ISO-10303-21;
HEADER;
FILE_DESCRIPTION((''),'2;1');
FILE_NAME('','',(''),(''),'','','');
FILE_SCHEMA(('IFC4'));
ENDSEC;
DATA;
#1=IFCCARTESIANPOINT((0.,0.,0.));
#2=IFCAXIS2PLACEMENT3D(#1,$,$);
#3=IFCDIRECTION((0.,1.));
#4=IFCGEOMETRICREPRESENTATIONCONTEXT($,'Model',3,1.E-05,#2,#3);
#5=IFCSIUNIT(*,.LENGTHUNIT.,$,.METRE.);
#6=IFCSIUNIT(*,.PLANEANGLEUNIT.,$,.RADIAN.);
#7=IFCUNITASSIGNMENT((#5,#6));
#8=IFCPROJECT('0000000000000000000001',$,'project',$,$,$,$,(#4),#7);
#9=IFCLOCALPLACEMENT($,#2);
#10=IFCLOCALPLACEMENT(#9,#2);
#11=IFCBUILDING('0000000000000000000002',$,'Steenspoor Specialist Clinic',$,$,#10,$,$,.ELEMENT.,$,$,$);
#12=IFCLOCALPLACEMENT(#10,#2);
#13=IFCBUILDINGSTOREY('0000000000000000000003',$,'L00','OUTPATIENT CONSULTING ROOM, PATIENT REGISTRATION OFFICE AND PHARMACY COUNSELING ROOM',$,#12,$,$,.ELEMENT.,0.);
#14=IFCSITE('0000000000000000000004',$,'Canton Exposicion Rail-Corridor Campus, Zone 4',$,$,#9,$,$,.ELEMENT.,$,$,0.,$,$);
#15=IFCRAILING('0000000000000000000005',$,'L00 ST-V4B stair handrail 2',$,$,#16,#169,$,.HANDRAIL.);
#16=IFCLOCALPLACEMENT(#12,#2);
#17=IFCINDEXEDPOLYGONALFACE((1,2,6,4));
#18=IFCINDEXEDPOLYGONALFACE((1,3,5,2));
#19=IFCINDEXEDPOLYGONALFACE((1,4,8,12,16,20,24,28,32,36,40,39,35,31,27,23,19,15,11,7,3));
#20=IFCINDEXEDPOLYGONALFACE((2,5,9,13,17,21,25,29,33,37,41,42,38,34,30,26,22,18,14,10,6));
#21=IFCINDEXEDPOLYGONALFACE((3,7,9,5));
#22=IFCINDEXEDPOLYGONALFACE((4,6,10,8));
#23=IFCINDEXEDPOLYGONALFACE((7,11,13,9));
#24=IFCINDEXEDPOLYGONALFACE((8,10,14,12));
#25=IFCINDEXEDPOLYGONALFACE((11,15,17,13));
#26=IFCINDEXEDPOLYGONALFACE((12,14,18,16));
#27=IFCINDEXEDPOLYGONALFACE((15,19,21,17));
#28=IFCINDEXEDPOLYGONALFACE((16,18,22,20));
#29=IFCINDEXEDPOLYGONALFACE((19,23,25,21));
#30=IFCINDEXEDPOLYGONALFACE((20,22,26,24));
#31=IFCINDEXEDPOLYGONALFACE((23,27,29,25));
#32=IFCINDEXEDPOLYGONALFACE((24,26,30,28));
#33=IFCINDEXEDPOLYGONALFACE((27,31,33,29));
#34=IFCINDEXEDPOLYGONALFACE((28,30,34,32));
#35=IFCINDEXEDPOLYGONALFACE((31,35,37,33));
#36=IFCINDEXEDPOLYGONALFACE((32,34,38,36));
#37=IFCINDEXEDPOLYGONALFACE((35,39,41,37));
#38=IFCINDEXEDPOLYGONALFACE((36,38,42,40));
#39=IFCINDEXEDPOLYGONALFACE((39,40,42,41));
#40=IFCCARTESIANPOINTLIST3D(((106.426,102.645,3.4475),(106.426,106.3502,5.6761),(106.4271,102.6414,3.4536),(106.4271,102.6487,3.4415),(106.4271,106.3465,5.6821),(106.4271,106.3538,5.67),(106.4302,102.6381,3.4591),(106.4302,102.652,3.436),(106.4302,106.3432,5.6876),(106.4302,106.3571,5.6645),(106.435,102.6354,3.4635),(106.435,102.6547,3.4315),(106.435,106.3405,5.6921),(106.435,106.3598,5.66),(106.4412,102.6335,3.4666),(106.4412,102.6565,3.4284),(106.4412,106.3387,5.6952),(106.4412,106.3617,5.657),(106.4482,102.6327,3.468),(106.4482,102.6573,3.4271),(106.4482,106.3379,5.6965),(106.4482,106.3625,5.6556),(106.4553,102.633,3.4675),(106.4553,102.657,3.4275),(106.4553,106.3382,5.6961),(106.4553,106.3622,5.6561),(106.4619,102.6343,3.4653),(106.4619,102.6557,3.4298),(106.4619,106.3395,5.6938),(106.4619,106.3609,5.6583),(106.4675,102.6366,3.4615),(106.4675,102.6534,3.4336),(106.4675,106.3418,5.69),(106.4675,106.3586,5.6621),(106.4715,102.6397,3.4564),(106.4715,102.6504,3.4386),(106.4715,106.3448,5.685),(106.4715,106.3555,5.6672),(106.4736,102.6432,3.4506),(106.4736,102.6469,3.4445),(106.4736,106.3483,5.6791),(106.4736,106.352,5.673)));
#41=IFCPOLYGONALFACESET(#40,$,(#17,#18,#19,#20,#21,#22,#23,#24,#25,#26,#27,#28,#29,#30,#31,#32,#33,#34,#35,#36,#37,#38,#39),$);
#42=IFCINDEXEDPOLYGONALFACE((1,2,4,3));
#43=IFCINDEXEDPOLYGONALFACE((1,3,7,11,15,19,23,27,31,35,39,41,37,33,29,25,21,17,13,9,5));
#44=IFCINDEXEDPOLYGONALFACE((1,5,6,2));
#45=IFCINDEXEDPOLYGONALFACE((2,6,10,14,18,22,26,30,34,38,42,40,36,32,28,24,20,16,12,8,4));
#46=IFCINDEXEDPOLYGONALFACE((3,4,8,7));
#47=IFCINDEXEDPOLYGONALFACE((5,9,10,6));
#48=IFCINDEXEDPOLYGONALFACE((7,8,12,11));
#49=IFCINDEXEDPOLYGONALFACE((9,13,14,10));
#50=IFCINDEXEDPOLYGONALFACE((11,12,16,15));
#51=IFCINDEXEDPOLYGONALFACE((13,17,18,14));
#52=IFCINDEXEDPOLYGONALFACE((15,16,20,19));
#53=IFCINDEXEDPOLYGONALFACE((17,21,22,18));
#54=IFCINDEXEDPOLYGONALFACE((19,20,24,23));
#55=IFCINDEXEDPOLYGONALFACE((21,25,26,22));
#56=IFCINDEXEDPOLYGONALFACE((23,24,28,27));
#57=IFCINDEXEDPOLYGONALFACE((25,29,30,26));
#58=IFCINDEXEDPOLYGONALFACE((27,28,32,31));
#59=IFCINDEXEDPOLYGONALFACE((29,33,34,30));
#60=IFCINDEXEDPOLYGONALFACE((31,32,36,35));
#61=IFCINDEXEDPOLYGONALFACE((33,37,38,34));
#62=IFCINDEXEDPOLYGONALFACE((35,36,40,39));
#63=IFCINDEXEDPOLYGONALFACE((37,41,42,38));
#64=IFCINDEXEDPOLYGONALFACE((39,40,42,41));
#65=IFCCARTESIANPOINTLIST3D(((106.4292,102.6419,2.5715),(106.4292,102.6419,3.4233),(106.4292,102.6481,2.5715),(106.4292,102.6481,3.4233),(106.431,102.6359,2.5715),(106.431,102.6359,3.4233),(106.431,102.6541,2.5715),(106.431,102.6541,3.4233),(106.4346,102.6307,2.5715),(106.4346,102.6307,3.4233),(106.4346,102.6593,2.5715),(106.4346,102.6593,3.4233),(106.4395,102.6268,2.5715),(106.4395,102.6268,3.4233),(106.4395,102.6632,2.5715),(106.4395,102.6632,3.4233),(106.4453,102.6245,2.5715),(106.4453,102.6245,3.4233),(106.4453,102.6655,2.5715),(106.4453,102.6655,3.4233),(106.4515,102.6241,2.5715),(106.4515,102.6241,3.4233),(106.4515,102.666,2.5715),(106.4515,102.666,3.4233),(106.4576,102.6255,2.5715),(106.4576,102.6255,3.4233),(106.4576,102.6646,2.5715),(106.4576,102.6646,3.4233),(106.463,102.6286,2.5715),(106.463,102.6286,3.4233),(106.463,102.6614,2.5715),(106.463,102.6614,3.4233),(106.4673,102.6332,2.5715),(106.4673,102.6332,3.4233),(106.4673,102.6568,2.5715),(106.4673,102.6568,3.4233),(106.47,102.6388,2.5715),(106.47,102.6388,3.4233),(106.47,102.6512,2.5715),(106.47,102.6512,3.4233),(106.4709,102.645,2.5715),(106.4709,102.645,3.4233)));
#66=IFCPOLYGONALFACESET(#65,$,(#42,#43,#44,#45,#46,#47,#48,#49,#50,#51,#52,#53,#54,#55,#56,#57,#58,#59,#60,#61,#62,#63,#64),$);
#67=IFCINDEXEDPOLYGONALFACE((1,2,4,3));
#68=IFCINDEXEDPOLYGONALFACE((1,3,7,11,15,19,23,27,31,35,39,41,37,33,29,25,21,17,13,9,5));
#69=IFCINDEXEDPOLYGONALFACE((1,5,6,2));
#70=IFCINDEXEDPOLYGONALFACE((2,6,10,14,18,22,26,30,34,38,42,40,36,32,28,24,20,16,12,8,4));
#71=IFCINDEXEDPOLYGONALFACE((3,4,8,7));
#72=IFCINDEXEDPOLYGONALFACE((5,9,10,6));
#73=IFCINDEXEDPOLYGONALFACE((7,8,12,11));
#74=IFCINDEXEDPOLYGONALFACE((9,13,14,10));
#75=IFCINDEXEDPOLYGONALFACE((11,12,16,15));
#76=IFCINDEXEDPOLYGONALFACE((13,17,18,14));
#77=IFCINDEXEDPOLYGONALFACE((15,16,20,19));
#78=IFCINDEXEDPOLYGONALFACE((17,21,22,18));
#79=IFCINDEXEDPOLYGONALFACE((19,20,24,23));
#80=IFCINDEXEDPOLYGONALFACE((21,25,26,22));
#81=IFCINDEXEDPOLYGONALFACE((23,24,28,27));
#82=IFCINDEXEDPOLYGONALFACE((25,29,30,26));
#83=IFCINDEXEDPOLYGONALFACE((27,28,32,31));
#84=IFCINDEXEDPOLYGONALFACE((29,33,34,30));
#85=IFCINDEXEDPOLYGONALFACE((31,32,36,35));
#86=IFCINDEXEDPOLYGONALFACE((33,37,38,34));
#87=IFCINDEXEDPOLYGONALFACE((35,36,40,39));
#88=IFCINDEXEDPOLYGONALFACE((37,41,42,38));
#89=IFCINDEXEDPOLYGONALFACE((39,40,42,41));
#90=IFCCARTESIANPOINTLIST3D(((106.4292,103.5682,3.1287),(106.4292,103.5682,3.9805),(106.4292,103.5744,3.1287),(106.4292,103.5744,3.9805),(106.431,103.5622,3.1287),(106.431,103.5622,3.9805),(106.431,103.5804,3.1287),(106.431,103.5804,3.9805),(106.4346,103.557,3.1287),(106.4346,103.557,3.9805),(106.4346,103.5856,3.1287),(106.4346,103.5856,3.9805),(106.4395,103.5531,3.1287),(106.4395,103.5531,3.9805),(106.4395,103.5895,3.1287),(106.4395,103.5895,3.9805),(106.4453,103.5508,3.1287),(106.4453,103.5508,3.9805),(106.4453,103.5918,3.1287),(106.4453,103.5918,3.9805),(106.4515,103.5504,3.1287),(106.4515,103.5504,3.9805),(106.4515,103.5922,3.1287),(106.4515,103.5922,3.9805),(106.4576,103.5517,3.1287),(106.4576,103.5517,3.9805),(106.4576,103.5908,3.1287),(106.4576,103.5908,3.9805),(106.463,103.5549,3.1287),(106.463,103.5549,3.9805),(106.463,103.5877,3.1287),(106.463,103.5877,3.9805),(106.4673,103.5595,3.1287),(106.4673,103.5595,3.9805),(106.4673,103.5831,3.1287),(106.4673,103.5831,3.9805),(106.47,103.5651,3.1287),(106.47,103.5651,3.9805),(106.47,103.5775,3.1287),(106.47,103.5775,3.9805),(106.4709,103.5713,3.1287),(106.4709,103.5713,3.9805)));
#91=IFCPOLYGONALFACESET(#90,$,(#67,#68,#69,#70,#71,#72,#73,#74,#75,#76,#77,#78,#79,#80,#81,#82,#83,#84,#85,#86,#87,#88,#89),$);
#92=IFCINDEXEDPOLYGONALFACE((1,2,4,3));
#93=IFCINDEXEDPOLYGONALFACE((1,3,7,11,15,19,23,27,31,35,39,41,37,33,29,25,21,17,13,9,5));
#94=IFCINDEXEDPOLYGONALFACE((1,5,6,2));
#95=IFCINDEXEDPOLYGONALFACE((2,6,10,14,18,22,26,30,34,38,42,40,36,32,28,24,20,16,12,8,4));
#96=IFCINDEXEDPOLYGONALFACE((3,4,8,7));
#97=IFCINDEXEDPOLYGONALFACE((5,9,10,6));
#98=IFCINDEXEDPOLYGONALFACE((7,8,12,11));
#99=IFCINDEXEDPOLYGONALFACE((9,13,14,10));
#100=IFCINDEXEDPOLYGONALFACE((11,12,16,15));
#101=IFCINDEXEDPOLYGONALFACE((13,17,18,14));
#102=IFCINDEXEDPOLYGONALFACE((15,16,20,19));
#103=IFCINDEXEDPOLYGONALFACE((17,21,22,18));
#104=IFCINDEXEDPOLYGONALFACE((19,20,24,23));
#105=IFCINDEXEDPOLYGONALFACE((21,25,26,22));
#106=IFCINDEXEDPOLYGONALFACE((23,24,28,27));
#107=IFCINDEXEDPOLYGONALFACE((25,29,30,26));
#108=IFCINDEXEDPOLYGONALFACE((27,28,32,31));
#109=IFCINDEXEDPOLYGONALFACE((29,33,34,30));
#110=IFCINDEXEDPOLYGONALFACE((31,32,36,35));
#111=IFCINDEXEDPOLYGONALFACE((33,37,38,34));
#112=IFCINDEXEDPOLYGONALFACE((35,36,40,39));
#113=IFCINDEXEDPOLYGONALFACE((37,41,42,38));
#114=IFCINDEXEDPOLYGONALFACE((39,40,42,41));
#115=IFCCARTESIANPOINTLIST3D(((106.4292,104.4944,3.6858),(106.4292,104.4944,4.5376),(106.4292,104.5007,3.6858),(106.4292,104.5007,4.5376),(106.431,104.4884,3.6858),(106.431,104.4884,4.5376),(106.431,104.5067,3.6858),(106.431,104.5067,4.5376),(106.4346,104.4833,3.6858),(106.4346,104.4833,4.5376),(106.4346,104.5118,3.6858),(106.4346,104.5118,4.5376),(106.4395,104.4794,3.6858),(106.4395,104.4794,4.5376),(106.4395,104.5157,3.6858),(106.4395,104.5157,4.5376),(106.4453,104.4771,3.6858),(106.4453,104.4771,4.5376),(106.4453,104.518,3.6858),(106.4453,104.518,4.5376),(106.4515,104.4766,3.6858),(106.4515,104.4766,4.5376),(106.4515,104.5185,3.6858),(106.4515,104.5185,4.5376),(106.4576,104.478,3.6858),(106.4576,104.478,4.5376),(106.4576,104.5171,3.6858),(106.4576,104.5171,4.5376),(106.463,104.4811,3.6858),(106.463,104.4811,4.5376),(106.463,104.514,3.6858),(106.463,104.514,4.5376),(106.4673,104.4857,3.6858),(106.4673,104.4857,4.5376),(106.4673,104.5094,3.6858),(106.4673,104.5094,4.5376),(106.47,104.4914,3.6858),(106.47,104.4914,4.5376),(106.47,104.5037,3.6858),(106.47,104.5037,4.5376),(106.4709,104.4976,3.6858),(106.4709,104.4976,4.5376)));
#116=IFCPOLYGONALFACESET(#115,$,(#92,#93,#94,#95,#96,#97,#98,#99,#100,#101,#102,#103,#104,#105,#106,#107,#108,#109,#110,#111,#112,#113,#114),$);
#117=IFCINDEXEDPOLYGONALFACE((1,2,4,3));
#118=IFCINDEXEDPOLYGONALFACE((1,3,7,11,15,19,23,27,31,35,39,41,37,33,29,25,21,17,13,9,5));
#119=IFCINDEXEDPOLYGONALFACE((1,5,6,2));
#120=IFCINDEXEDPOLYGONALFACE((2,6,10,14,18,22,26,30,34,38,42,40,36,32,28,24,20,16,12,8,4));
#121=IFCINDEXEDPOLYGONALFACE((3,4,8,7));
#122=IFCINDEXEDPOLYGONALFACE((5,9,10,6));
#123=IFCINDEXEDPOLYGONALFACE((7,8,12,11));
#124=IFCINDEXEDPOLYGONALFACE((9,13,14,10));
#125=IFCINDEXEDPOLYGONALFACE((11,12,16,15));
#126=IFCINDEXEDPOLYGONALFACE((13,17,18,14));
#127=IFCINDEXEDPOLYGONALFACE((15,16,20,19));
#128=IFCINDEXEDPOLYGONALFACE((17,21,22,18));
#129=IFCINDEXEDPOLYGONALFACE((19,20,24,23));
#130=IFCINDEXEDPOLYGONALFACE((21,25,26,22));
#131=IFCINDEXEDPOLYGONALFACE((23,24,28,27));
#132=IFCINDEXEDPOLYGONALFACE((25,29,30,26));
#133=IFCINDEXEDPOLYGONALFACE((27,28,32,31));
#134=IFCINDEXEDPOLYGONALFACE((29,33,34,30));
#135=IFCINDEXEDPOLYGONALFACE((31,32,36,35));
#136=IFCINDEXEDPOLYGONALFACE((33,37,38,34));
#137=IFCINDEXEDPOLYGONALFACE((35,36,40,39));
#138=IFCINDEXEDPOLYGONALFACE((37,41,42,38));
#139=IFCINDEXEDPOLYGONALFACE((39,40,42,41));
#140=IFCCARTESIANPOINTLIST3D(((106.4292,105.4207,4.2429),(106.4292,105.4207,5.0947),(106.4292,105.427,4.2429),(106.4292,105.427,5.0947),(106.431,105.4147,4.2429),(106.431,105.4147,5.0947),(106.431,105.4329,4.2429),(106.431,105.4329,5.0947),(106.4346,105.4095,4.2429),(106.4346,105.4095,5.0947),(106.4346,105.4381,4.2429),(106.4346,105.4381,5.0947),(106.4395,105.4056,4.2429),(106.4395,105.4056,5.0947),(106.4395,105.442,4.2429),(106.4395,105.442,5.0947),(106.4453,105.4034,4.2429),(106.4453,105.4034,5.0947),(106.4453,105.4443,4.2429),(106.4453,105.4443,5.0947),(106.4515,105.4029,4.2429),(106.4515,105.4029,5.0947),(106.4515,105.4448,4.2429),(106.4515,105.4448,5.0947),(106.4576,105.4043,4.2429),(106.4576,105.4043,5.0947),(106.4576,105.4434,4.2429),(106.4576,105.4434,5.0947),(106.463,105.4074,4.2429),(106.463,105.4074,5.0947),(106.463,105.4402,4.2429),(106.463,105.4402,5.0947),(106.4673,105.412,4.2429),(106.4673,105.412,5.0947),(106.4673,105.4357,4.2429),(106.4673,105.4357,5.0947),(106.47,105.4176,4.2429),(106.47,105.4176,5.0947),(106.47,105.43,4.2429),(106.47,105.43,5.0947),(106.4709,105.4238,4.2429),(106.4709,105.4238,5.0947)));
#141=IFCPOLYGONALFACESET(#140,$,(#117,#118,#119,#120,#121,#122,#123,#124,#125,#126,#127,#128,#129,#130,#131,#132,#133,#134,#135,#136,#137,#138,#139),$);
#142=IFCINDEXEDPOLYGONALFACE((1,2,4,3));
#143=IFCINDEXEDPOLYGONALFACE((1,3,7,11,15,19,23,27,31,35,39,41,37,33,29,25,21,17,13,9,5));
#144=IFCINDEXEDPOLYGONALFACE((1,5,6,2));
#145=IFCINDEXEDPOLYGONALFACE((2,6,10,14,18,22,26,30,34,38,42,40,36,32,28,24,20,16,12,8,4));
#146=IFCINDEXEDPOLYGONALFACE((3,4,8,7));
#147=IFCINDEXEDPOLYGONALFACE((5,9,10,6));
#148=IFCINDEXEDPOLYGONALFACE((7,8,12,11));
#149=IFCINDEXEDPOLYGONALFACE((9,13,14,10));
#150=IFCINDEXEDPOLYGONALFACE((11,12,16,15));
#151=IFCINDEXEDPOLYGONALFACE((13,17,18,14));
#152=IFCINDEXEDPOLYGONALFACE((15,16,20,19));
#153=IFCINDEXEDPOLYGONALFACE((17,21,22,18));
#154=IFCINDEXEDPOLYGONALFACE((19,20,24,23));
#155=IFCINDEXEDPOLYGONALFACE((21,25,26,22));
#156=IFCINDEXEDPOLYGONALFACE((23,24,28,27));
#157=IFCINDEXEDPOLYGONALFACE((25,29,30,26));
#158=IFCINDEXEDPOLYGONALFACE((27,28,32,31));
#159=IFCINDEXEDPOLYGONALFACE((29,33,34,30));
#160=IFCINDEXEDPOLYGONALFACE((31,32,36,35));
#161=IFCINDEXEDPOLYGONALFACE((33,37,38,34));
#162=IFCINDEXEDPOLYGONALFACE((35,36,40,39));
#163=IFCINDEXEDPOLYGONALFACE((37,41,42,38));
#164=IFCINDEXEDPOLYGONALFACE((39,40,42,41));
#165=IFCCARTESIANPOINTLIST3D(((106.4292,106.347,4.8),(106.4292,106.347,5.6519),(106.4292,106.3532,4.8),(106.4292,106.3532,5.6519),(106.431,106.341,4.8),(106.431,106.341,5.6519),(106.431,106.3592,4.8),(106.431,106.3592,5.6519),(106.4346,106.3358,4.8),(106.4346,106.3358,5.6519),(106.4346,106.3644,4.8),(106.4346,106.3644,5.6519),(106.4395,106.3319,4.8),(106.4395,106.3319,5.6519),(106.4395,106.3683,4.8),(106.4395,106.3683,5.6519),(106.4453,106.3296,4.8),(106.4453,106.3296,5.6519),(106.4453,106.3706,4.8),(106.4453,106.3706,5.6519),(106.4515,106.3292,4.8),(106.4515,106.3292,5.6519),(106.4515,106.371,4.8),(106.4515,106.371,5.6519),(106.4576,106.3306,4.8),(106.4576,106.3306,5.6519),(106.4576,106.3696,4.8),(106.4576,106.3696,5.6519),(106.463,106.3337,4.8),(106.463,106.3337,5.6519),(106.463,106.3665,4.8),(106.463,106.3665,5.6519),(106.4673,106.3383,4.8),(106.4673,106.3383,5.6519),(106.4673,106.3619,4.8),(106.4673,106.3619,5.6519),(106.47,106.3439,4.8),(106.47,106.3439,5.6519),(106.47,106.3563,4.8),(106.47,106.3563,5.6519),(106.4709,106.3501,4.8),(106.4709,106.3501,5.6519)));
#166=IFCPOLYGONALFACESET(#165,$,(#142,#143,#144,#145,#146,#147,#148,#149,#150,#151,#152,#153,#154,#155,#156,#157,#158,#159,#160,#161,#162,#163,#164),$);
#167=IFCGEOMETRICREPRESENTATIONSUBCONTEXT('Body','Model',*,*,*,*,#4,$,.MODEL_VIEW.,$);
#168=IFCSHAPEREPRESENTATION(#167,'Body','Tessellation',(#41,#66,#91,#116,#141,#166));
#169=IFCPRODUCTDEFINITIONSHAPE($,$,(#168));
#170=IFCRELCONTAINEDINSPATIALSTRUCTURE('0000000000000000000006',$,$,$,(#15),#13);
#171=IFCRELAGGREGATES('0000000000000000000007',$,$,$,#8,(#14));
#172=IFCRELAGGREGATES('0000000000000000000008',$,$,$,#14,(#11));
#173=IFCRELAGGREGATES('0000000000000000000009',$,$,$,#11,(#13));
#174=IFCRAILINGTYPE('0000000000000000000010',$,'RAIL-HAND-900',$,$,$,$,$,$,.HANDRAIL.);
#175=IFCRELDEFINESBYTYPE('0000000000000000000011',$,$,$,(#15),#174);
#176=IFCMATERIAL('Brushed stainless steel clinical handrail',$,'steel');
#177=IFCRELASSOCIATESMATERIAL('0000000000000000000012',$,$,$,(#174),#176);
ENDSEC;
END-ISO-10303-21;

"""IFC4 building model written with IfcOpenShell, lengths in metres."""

from ifc_helpers import new_model, si_unit, direction, frame, origin, origin_2d, place, context, subcontext, project, spatial, circle, extrude, material, type_object, element, save


model = new_model("IFC4")

# Units and contexts
model_context = context("Model", 3, precision=1e-05, world=origin(), true_north=direction((0.0, 1.0)))
body_context = subcontext(model_context, "Body", "Model", "MODEL_VIEW")
ifc_project = project(units=[si_unit("LENGTHUNIT", "METRE"), si_unit("PLANEANGLEUNIT", "RADIAN")], contexts=[model_context])

# Site, building, storey
site_placement = place(None, origin())
site = spatial("IfcSite", under=ifc_project, at=site_placement, Name="Canton Exposicion Rail-Corridor Campus, Zone 4", CompositionType="ELEMENT", RefElevation=0.0)
building_placement = place(site_placement, origin())
building = spatial("IfcBuilding", under=site, at=building_placement, Name="Steenspoor Specialist Clinic", CompositionType="ELEMENT")
storey_placement = place(building_placement, origin())
storey = spatial("IfcBuildingStorey", under=building, at=storey_placement, Name="L00", Description="OUTPATIENT CONSULTING ROOM, PATIENT REGISTRATION OFFICE AND PHARMACY COUNSELING ROOM", CompositionType="ELEMENT", Elevation=0.0)

# Railing
ifc_material_1 = material(Name="Brushed stainless steel clinical handrail", Category="steel")
railing_type_1 = type_object("IfcRailingType", Name="RAIL-HAND-900", PredefinedType="HANDRAIL", material=ifc_material_1)
railing_1_placement = place(storey_placement, frame((106.45, 102.645, 2.5715)))
element("IfcRailing", 1, at=railing_1_placement, inside=storey, type_object=railing_type_1, Name="L00 ST-V4B stair handrail 2", PredefinedType="HANDRAIL", context=body_context, shape_type="SweptSolid", body=[
    extrude(circle(Radius=0.0239, at=origin_2d()), frame((0.0, 0.0, 0.876), z_axis=(0.0, 0.856934, 0.515425), x_axis=(-1.0, 0.0, 0.0)), (0.0, 0.0, 1.0), 4.3237),
    extrude(circle(Radius=0.021, at=origin_2d()), origin(), (0.0, 0.0, 1.0), 0.8518),
    extrude(circle(Radius=0.021, at=origin_2d()), frame((0.0, 0.9263, 0.5571)), (0.0, 0.0, 1.0), 0.8518),
    extrude(circle(Radius=0.021, at=origin_2d()), frame((0.0, 1.8525, 1.1143)), (0.0, 0.0, 1.0), 0.8518),
    extrude(circle(Radius=0.021, at=origin_2d()), frame((0.0, 2.7788, 1.6714)), (0.0, 0.0, 1.0), 0.8518),
    extrude(circle(Radius=0.021, at=origin_2d()), frame((0.0, 3.7051, 2.2285)), (0.0, 0.0, 1.0), 0.8518),
])

save(model, "model.ifc")
